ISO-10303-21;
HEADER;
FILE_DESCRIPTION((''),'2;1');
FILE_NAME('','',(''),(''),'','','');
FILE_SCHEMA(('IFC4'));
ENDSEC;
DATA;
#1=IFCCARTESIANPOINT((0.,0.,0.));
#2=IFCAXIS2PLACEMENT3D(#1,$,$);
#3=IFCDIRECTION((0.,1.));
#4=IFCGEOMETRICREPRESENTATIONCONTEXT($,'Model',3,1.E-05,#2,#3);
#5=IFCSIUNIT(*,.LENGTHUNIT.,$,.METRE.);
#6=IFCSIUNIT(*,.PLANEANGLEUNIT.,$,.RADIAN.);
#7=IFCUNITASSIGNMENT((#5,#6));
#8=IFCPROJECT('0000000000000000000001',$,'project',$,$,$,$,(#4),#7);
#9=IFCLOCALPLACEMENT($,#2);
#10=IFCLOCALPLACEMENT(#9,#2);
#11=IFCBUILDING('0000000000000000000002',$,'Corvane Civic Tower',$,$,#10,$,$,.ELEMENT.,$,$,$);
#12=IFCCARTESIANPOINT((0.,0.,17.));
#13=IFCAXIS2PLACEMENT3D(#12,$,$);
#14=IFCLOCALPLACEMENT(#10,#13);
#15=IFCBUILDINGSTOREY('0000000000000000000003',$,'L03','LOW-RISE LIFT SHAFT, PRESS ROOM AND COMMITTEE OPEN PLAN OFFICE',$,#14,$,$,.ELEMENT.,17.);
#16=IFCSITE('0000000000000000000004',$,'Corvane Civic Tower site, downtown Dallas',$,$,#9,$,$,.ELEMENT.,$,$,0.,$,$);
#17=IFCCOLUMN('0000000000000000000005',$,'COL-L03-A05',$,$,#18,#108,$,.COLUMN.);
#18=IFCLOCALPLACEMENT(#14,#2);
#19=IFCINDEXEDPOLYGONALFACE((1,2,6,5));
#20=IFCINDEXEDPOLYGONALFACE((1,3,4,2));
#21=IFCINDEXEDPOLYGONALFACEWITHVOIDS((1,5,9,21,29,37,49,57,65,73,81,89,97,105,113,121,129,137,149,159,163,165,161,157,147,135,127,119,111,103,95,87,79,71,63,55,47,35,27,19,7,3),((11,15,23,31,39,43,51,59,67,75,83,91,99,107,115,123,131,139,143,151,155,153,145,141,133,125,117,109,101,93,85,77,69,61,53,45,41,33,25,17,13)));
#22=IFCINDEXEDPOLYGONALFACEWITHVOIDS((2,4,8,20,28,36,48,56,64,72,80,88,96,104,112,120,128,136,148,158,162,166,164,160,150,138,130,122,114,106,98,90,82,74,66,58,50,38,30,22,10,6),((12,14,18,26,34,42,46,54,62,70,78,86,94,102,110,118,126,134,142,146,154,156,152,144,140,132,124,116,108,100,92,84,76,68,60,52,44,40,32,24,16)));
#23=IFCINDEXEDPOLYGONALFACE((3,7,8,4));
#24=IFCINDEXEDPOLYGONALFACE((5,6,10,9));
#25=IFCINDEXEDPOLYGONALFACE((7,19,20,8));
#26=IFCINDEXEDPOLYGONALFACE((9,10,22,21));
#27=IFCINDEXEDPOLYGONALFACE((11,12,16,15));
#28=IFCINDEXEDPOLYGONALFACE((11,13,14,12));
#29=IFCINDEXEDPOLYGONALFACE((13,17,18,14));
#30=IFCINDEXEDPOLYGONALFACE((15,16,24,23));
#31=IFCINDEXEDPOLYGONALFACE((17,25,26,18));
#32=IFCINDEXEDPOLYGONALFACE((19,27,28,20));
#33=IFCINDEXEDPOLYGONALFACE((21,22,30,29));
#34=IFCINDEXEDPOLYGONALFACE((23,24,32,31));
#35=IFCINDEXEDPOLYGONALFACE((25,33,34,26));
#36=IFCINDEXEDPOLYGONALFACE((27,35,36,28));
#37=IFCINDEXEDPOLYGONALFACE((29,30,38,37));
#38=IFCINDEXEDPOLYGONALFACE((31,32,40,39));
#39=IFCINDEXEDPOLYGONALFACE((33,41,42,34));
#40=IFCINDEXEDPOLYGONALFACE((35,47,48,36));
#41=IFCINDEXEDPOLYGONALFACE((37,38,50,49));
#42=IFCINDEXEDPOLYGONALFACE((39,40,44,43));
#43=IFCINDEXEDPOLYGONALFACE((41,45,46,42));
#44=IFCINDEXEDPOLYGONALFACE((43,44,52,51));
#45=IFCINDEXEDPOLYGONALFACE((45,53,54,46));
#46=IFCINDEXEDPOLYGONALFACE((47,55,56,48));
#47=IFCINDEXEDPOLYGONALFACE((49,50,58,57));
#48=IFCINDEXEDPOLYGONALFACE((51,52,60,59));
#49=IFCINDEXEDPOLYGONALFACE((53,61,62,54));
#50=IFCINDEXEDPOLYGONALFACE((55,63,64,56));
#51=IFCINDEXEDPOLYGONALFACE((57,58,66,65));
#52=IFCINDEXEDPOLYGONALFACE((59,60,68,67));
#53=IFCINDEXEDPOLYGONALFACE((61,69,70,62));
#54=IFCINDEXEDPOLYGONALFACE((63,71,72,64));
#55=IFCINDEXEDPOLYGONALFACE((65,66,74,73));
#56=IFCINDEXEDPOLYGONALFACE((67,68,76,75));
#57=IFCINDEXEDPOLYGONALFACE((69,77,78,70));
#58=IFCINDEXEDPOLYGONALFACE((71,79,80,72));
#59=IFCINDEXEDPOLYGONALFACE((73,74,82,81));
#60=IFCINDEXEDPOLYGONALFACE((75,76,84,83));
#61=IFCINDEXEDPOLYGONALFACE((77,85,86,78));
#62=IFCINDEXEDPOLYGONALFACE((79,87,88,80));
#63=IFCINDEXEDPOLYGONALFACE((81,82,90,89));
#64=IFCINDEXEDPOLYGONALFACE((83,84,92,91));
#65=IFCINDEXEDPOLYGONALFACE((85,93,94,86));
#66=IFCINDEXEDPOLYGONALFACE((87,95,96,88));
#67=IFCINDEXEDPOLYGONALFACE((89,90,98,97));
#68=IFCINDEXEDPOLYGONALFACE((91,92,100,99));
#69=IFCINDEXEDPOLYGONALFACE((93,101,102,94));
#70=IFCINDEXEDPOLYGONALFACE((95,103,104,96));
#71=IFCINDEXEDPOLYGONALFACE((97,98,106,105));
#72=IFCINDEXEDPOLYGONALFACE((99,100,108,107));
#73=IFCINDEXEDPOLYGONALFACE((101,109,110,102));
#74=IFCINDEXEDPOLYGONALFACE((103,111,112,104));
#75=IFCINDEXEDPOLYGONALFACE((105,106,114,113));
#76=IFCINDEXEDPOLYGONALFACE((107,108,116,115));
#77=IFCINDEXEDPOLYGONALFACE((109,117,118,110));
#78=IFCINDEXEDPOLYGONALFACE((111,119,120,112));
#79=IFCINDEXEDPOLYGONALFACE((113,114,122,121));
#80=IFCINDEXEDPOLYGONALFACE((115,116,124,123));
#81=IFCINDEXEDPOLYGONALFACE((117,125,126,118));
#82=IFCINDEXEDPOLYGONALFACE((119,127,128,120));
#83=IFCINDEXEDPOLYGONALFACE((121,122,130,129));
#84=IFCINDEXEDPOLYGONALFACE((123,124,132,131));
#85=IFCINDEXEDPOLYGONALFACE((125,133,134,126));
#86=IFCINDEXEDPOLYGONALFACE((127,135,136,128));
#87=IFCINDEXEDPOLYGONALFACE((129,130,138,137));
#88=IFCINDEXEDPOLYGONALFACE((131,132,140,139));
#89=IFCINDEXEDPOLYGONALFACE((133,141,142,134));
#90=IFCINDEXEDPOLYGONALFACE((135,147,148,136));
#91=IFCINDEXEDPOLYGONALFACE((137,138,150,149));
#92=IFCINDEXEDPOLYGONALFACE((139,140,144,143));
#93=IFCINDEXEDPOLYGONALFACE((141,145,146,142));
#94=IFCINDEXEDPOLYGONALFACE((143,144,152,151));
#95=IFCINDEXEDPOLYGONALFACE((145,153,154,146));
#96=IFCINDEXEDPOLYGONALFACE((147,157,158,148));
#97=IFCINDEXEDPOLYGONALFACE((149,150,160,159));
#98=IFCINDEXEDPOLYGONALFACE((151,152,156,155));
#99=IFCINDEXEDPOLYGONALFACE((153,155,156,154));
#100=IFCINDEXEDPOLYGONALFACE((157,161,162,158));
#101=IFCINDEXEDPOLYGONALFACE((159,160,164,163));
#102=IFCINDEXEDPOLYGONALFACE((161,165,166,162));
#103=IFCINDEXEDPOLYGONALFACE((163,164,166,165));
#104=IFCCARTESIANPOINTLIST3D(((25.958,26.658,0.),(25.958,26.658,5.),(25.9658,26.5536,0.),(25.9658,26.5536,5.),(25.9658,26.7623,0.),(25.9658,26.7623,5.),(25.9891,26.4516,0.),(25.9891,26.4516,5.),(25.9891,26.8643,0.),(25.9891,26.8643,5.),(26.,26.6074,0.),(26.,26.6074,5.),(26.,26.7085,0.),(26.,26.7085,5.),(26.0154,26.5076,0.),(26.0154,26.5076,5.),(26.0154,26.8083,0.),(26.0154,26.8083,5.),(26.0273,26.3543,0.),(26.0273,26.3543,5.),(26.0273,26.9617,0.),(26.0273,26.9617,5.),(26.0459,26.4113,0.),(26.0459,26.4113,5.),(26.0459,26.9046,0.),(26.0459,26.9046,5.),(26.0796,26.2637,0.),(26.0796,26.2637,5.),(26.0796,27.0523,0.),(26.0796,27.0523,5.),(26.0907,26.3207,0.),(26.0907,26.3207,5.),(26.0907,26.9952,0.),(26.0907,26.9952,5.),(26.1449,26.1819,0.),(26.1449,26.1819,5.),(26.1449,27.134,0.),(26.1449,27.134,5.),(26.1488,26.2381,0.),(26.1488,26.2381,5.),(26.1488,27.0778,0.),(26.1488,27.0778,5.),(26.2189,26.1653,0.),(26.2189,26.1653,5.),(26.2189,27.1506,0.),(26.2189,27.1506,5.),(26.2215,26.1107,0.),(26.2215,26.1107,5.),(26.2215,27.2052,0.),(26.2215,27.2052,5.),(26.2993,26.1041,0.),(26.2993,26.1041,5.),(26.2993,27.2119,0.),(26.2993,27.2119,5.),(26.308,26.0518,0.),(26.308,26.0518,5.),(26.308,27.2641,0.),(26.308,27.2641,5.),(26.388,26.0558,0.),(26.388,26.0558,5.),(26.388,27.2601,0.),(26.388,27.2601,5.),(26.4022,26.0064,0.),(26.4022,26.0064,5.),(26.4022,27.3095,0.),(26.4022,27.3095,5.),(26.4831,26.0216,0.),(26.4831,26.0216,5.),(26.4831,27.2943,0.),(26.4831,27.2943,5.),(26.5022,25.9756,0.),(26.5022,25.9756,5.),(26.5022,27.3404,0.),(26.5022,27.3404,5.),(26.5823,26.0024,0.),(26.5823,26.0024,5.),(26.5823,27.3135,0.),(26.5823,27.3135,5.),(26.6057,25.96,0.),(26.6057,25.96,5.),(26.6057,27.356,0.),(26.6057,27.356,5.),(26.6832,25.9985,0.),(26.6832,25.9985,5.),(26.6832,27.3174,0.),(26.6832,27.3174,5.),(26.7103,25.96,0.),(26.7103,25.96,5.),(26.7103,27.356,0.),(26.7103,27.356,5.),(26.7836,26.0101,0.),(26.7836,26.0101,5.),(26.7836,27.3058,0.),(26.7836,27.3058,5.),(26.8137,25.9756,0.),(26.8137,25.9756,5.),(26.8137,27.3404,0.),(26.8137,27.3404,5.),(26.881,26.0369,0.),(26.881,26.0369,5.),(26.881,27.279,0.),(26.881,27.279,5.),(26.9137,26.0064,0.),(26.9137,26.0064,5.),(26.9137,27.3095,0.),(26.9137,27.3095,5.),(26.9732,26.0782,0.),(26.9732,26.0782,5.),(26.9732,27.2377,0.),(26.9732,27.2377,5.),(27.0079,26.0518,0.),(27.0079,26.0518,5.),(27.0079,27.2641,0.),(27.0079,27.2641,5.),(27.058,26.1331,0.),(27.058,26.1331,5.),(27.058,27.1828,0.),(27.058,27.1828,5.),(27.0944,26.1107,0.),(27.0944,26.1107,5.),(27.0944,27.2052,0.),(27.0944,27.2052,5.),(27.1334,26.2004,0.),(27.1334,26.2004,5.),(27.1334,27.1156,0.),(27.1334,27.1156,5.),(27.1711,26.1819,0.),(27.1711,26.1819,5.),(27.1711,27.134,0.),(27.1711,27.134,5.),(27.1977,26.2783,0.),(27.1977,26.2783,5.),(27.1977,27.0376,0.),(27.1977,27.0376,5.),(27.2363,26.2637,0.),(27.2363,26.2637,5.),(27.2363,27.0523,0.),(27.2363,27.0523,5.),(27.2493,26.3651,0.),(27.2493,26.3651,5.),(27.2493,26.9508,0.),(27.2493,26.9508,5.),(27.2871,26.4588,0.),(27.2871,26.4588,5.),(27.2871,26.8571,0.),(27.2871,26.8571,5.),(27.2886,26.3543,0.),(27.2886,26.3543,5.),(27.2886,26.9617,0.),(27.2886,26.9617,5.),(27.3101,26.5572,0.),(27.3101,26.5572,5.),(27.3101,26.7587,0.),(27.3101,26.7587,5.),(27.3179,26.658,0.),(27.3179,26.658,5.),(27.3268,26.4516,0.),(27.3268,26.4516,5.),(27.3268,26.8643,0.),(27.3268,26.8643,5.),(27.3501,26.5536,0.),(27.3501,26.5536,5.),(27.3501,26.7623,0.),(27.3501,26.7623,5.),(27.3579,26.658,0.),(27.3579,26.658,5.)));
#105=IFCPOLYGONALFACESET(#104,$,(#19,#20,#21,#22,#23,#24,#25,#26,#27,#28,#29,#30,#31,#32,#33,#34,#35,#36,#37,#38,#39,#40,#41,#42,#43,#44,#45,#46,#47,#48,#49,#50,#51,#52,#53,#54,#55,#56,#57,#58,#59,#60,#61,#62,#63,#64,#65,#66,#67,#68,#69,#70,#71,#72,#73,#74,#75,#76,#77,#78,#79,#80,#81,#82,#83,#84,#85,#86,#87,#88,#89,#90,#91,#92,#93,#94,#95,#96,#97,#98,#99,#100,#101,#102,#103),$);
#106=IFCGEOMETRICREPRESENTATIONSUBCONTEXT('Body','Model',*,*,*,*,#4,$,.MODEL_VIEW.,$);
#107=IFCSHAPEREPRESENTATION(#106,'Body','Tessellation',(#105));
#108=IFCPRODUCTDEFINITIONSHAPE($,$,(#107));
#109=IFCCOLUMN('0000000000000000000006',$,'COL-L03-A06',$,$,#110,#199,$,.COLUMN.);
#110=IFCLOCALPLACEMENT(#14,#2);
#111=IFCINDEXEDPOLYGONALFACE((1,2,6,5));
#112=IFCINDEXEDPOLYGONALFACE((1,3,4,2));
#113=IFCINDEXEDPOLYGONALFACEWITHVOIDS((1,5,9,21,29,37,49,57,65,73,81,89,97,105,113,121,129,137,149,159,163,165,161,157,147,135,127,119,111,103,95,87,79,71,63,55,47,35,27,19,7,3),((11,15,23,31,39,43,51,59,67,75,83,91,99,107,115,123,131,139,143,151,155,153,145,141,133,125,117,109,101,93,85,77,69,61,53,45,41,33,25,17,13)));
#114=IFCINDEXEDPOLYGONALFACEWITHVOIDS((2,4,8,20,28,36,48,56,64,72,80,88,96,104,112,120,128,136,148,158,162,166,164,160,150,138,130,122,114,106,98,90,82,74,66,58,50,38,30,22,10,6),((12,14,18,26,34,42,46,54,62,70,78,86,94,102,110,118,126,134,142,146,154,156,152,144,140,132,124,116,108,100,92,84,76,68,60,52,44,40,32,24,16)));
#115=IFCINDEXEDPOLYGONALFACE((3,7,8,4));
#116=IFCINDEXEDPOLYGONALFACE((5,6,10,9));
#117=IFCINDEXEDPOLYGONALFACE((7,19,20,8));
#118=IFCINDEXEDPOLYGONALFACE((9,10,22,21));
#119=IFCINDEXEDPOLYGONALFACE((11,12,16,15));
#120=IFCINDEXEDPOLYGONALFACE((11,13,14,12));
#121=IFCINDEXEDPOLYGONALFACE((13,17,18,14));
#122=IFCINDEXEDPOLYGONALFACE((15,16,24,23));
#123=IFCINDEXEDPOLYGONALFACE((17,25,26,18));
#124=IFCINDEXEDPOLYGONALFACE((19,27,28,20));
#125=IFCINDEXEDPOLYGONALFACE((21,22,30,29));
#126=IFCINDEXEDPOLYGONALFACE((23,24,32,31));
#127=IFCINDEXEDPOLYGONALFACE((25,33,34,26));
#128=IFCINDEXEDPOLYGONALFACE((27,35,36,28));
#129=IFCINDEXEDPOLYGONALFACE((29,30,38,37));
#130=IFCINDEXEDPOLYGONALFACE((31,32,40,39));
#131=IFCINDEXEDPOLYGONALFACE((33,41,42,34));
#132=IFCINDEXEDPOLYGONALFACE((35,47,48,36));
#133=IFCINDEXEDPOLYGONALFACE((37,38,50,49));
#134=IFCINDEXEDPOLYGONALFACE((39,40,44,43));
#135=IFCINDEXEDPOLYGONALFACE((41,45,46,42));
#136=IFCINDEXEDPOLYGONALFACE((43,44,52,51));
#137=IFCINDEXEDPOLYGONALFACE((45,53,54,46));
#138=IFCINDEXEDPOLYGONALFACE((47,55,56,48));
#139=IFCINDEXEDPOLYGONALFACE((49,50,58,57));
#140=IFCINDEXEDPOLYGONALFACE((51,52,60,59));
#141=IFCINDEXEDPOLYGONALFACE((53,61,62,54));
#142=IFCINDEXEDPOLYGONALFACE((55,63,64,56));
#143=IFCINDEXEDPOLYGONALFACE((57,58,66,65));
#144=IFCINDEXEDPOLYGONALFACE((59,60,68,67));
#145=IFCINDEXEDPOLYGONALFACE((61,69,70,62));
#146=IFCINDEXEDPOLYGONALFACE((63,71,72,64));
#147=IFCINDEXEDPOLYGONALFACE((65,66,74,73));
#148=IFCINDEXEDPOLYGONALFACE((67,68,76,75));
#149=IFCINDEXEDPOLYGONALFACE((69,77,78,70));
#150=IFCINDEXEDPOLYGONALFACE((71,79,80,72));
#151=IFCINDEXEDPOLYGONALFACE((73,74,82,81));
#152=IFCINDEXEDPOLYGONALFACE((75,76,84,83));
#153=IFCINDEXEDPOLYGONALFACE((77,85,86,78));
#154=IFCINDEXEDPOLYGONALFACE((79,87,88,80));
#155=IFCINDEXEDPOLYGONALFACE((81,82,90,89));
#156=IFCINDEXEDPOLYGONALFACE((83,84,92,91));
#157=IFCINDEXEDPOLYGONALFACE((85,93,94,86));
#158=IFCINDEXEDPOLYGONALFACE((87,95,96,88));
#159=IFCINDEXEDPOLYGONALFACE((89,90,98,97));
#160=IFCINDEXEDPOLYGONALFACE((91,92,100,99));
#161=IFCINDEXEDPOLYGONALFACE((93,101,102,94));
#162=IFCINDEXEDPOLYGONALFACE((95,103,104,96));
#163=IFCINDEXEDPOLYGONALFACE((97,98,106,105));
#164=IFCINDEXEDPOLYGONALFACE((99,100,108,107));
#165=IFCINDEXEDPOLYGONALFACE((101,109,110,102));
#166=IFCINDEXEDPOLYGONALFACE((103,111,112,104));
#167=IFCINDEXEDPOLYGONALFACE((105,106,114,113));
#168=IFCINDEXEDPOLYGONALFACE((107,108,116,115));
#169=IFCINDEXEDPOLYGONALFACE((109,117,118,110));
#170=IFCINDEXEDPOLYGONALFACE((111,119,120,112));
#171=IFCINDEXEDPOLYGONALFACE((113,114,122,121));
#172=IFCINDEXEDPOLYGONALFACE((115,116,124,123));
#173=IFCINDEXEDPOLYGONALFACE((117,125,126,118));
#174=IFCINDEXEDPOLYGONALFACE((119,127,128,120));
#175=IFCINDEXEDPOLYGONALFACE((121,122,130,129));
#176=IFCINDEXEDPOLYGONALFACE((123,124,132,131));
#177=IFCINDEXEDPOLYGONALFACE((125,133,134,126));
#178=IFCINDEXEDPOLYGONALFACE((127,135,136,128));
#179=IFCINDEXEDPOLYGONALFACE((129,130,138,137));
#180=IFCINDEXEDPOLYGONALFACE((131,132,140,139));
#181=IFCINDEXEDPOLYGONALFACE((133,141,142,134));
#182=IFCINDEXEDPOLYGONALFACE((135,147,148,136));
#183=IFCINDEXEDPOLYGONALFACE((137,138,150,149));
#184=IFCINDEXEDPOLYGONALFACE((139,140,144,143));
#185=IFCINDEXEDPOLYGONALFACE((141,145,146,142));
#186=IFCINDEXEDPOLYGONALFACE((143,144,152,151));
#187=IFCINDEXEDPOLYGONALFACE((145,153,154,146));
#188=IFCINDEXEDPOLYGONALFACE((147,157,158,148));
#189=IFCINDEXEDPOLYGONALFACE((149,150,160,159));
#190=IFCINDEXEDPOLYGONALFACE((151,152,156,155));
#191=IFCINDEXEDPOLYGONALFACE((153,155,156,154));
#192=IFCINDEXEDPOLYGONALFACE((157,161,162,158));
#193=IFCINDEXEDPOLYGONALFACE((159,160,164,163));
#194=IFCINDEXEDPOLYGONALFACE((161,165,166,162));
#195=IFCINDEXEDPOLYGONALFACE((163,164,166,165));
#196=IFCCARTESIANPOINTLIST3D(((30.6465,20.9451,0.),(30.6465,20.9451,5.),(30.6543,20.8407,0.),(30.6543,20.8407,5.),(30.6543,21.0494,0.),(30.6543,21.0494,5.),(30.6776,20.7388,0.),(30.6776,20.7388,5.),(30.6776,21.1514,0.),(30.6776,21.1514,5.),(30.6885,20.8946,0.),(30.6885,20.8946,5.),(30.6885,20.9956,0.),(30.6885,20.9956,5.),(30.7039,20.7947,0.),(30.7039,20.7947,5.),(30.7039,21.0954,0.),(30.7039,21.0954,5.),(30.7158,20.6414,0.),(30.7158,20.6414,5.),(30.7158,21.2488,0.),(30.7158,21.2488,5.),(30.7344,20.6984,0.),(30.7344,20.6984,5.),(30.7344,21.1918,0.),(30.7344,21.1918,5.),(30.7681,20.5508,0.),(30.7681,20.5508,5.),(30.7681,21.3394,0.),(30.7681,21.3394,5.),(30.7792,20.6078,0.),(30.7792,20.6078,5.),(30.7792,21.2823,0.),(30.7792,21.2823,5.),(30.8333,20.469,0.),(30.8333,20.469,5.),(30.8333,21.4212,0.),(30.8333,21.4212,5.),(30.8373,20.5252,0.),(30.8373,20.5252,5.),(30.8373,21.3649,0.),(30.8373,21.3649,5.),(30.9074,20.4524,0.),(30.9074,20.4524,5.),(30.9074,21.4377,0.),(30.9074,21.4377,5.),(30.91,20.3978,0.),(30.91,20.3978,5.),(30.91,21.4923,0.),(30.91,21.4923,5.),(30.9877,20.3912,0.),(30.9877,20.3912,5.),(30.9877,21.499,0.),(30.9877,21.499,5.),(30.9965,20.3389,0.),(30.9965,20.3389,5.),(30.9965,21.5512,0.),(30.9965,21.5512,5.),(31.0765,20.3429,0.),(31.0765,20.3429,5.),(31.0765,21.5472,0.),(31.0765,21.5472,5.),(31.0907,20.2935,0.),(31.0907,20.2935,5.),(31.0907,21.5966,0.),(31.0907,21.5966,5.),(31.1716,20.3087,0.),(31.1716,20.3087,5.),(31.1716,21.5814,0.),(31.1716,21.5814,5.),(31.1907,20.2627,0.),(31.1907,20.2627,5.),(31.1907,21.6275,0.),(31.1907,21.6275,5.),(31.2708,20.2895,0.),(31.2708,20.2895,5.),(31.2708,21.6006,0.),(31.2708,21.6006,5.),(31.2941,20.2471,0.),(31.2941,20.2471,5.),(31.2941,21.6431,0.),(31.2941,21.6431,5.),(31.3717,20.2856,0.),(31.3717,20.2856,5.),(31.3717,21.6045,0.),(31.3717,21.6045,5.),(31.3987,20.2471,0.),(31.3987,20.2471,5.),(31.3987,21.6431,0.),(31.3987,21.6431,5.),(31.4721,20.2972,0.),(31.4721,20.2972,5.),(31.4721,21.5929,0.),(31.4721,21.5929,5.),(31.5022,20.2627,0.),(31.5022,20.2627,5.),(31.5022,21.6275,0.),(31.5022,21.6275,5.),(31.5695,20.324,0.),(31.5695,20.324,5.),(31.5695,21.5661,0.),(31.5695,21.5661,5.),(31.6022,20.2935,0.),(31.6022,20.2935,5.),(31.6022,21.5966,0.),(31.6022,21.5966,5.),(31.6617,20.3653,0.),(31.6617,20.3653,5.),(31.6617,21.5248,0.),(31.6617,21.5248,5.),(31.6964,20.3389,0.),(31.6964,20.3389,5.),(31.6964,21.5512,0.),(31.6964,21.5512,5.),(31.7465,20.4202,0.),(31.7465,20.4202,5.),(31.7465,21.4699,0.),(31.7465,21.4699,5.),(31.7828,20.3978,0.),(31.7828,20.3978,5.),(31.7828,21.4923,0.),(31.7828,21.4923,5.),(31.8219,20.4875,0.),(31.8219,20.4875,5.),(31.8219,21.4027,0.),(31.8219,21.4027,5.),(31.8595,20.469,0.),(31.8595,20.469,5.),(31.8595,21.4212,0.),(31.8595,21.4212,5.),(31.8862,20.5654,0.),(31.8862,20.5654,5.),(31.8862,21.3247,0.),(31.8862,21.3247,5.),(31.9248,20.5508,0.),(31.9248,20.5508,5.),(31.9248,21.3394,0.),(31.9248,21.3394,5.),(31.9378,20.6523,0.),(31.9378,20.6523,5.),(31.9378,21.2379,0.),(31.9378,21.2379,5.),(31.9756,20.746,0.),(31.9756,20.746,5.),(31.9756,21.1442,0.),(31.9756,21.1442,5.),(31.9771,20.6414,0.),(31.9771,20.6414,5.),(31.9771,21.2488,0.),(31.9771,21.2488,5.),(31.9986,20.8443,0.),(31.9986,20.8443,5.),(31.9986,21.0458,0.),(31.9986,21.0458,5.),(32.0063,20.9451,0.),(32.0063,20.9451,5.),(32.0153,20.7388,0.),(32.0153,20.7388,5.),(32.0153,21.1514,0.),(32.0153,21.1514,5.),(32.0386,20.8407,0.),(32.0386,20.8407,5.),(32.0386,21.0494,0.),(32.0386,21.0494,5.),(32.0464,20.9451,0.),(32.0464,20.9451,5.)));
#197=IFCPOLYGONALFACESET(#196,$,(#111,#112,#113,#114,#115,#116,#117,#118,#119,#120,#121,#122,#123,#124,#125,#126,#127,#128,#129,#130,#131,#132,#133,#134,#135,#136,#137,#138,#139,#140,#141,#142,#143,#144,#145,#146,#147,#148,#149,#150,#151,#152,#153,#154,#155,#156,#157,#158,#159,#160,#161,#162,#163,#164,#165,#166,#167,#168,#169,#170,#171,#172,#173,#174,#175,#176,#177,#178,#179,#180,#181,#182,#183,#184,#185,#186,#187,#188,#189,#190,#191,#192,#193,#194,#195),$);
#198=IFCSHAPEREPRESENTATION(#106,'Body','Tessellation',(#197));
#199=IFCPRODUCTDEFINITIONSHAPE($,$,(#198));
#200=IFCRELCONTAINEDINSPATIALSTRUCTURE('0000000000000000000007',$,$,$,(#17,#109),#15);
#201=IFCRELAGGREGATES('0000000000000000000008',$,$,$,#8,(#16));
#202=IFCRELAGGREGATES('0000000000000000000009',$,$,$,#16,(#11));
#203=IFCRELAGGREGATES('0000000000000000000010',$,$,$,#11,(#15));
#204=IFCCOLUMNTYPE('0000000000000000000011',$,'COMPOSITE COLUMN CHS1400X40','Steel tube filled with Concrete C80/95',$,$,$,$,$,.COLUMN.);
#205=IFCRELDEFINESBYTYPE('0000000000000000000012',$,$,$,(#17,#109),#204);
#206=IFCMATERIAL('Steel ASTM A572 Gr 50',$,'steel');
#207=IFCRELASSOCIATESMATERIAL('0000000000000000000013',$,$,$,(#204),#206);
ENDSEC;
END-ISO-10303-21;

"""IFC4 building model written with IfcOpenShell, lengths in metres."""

from ifc_helpers import new_model, si_unit, direction, frame, origin, origin_2d, place, context, subcontext, project, spatial, hollow_circle, extrude, material, material_profile, profile_set, type_object, element, save


model = new_model("IFC4")

# Units and contexts
model_context = context("Model", 3, precision=1e-05, world=origin(), true_north=direction((0.0, 1.0)))
body_context = subcontext(model_context, "Body", "Model", "MODEL_VIEW")
ifc_project = project(units=[si_unit("LENGTHUNIT", "METRE"), si_unit("PLANEANGLEUNIT", "RADIAN")], contexts=[model_context])

# Site, building, storey
site_placement = place(None, origin())
site = spatial("IfcSite", under=ifc_project, at=site_placement, Name="Corvane Civic Tower site, downtown Dallas", CompositionType="ELEMENT", RefElevation=0.0)
building_placement = place(site_placement, origin())
building = spatial("IfcBuilding", under=site, at=building_placement, Name="Corvane Civic Tower", CompositionType="ELEMENT")
storey_placement = place(building_placement, frame((0.0, 0.0, 17.0)))
storey = spatial("IfcBuildingStorey", under=building, at=storey_placement, Name="L03", Description="LOW-RISE LIFT SHAFT, PRESS ROOM AND COMMITTEE OPEN PLAN OFFICE", CompositionType="ELEMENT", Elevation=17.0)

# Columns
ifc_material_1 = material(Name="Steel ASTM A572 Gr 50", Category="steel")
ifc_material_profile_1 = material_profile(ifc_material_1, hollow_circle(Radius=0.7, WallThickness=0.04, at=origin_2d()), Name="CHS1400X40")
ifc_profile_set_1 = profile_set([ifc_material_profile_1], Name="Steel ASTM A572 Gr 50")
column_type_1 = type_object("IfcColumnType", Name="COMPOSITE COLUMN CHS1400X40", Description="Steel tube filled with Concrete C80/95", PredefinedType="COLUMN", material=ifc_profile_set_1)
for number, where, z_axis, x_axis, name in (
    (1, (26.658, 26.658, 0.0), (0.0, 0.0, 1.0), (1.0, 0.0, 0.0), "COL-L03-A05"),
    (2, (31.3464, 20.9451, 0.0), (0.0, 0.0, 1.0), (1.0, 0.0, 0.0), "COL-L03-A06"),
):
    element("IfcColumn", number, at=place(storey_placement, frame(where, z_axis=z_axis, x_axis=x_axis)), inside=storey, type_object=column_type_1, Name=name, PredefinedType="COLUMN", context=body_context, shape_type="SweptSolid", body=[
        extrude(hollow_circle(Radius=0.7, WallThickness=0.04, at=origin_2d()), origin(), (0.0, 0.0, 1.0), 5.0),
    ])

save(model, "model.ifc")
